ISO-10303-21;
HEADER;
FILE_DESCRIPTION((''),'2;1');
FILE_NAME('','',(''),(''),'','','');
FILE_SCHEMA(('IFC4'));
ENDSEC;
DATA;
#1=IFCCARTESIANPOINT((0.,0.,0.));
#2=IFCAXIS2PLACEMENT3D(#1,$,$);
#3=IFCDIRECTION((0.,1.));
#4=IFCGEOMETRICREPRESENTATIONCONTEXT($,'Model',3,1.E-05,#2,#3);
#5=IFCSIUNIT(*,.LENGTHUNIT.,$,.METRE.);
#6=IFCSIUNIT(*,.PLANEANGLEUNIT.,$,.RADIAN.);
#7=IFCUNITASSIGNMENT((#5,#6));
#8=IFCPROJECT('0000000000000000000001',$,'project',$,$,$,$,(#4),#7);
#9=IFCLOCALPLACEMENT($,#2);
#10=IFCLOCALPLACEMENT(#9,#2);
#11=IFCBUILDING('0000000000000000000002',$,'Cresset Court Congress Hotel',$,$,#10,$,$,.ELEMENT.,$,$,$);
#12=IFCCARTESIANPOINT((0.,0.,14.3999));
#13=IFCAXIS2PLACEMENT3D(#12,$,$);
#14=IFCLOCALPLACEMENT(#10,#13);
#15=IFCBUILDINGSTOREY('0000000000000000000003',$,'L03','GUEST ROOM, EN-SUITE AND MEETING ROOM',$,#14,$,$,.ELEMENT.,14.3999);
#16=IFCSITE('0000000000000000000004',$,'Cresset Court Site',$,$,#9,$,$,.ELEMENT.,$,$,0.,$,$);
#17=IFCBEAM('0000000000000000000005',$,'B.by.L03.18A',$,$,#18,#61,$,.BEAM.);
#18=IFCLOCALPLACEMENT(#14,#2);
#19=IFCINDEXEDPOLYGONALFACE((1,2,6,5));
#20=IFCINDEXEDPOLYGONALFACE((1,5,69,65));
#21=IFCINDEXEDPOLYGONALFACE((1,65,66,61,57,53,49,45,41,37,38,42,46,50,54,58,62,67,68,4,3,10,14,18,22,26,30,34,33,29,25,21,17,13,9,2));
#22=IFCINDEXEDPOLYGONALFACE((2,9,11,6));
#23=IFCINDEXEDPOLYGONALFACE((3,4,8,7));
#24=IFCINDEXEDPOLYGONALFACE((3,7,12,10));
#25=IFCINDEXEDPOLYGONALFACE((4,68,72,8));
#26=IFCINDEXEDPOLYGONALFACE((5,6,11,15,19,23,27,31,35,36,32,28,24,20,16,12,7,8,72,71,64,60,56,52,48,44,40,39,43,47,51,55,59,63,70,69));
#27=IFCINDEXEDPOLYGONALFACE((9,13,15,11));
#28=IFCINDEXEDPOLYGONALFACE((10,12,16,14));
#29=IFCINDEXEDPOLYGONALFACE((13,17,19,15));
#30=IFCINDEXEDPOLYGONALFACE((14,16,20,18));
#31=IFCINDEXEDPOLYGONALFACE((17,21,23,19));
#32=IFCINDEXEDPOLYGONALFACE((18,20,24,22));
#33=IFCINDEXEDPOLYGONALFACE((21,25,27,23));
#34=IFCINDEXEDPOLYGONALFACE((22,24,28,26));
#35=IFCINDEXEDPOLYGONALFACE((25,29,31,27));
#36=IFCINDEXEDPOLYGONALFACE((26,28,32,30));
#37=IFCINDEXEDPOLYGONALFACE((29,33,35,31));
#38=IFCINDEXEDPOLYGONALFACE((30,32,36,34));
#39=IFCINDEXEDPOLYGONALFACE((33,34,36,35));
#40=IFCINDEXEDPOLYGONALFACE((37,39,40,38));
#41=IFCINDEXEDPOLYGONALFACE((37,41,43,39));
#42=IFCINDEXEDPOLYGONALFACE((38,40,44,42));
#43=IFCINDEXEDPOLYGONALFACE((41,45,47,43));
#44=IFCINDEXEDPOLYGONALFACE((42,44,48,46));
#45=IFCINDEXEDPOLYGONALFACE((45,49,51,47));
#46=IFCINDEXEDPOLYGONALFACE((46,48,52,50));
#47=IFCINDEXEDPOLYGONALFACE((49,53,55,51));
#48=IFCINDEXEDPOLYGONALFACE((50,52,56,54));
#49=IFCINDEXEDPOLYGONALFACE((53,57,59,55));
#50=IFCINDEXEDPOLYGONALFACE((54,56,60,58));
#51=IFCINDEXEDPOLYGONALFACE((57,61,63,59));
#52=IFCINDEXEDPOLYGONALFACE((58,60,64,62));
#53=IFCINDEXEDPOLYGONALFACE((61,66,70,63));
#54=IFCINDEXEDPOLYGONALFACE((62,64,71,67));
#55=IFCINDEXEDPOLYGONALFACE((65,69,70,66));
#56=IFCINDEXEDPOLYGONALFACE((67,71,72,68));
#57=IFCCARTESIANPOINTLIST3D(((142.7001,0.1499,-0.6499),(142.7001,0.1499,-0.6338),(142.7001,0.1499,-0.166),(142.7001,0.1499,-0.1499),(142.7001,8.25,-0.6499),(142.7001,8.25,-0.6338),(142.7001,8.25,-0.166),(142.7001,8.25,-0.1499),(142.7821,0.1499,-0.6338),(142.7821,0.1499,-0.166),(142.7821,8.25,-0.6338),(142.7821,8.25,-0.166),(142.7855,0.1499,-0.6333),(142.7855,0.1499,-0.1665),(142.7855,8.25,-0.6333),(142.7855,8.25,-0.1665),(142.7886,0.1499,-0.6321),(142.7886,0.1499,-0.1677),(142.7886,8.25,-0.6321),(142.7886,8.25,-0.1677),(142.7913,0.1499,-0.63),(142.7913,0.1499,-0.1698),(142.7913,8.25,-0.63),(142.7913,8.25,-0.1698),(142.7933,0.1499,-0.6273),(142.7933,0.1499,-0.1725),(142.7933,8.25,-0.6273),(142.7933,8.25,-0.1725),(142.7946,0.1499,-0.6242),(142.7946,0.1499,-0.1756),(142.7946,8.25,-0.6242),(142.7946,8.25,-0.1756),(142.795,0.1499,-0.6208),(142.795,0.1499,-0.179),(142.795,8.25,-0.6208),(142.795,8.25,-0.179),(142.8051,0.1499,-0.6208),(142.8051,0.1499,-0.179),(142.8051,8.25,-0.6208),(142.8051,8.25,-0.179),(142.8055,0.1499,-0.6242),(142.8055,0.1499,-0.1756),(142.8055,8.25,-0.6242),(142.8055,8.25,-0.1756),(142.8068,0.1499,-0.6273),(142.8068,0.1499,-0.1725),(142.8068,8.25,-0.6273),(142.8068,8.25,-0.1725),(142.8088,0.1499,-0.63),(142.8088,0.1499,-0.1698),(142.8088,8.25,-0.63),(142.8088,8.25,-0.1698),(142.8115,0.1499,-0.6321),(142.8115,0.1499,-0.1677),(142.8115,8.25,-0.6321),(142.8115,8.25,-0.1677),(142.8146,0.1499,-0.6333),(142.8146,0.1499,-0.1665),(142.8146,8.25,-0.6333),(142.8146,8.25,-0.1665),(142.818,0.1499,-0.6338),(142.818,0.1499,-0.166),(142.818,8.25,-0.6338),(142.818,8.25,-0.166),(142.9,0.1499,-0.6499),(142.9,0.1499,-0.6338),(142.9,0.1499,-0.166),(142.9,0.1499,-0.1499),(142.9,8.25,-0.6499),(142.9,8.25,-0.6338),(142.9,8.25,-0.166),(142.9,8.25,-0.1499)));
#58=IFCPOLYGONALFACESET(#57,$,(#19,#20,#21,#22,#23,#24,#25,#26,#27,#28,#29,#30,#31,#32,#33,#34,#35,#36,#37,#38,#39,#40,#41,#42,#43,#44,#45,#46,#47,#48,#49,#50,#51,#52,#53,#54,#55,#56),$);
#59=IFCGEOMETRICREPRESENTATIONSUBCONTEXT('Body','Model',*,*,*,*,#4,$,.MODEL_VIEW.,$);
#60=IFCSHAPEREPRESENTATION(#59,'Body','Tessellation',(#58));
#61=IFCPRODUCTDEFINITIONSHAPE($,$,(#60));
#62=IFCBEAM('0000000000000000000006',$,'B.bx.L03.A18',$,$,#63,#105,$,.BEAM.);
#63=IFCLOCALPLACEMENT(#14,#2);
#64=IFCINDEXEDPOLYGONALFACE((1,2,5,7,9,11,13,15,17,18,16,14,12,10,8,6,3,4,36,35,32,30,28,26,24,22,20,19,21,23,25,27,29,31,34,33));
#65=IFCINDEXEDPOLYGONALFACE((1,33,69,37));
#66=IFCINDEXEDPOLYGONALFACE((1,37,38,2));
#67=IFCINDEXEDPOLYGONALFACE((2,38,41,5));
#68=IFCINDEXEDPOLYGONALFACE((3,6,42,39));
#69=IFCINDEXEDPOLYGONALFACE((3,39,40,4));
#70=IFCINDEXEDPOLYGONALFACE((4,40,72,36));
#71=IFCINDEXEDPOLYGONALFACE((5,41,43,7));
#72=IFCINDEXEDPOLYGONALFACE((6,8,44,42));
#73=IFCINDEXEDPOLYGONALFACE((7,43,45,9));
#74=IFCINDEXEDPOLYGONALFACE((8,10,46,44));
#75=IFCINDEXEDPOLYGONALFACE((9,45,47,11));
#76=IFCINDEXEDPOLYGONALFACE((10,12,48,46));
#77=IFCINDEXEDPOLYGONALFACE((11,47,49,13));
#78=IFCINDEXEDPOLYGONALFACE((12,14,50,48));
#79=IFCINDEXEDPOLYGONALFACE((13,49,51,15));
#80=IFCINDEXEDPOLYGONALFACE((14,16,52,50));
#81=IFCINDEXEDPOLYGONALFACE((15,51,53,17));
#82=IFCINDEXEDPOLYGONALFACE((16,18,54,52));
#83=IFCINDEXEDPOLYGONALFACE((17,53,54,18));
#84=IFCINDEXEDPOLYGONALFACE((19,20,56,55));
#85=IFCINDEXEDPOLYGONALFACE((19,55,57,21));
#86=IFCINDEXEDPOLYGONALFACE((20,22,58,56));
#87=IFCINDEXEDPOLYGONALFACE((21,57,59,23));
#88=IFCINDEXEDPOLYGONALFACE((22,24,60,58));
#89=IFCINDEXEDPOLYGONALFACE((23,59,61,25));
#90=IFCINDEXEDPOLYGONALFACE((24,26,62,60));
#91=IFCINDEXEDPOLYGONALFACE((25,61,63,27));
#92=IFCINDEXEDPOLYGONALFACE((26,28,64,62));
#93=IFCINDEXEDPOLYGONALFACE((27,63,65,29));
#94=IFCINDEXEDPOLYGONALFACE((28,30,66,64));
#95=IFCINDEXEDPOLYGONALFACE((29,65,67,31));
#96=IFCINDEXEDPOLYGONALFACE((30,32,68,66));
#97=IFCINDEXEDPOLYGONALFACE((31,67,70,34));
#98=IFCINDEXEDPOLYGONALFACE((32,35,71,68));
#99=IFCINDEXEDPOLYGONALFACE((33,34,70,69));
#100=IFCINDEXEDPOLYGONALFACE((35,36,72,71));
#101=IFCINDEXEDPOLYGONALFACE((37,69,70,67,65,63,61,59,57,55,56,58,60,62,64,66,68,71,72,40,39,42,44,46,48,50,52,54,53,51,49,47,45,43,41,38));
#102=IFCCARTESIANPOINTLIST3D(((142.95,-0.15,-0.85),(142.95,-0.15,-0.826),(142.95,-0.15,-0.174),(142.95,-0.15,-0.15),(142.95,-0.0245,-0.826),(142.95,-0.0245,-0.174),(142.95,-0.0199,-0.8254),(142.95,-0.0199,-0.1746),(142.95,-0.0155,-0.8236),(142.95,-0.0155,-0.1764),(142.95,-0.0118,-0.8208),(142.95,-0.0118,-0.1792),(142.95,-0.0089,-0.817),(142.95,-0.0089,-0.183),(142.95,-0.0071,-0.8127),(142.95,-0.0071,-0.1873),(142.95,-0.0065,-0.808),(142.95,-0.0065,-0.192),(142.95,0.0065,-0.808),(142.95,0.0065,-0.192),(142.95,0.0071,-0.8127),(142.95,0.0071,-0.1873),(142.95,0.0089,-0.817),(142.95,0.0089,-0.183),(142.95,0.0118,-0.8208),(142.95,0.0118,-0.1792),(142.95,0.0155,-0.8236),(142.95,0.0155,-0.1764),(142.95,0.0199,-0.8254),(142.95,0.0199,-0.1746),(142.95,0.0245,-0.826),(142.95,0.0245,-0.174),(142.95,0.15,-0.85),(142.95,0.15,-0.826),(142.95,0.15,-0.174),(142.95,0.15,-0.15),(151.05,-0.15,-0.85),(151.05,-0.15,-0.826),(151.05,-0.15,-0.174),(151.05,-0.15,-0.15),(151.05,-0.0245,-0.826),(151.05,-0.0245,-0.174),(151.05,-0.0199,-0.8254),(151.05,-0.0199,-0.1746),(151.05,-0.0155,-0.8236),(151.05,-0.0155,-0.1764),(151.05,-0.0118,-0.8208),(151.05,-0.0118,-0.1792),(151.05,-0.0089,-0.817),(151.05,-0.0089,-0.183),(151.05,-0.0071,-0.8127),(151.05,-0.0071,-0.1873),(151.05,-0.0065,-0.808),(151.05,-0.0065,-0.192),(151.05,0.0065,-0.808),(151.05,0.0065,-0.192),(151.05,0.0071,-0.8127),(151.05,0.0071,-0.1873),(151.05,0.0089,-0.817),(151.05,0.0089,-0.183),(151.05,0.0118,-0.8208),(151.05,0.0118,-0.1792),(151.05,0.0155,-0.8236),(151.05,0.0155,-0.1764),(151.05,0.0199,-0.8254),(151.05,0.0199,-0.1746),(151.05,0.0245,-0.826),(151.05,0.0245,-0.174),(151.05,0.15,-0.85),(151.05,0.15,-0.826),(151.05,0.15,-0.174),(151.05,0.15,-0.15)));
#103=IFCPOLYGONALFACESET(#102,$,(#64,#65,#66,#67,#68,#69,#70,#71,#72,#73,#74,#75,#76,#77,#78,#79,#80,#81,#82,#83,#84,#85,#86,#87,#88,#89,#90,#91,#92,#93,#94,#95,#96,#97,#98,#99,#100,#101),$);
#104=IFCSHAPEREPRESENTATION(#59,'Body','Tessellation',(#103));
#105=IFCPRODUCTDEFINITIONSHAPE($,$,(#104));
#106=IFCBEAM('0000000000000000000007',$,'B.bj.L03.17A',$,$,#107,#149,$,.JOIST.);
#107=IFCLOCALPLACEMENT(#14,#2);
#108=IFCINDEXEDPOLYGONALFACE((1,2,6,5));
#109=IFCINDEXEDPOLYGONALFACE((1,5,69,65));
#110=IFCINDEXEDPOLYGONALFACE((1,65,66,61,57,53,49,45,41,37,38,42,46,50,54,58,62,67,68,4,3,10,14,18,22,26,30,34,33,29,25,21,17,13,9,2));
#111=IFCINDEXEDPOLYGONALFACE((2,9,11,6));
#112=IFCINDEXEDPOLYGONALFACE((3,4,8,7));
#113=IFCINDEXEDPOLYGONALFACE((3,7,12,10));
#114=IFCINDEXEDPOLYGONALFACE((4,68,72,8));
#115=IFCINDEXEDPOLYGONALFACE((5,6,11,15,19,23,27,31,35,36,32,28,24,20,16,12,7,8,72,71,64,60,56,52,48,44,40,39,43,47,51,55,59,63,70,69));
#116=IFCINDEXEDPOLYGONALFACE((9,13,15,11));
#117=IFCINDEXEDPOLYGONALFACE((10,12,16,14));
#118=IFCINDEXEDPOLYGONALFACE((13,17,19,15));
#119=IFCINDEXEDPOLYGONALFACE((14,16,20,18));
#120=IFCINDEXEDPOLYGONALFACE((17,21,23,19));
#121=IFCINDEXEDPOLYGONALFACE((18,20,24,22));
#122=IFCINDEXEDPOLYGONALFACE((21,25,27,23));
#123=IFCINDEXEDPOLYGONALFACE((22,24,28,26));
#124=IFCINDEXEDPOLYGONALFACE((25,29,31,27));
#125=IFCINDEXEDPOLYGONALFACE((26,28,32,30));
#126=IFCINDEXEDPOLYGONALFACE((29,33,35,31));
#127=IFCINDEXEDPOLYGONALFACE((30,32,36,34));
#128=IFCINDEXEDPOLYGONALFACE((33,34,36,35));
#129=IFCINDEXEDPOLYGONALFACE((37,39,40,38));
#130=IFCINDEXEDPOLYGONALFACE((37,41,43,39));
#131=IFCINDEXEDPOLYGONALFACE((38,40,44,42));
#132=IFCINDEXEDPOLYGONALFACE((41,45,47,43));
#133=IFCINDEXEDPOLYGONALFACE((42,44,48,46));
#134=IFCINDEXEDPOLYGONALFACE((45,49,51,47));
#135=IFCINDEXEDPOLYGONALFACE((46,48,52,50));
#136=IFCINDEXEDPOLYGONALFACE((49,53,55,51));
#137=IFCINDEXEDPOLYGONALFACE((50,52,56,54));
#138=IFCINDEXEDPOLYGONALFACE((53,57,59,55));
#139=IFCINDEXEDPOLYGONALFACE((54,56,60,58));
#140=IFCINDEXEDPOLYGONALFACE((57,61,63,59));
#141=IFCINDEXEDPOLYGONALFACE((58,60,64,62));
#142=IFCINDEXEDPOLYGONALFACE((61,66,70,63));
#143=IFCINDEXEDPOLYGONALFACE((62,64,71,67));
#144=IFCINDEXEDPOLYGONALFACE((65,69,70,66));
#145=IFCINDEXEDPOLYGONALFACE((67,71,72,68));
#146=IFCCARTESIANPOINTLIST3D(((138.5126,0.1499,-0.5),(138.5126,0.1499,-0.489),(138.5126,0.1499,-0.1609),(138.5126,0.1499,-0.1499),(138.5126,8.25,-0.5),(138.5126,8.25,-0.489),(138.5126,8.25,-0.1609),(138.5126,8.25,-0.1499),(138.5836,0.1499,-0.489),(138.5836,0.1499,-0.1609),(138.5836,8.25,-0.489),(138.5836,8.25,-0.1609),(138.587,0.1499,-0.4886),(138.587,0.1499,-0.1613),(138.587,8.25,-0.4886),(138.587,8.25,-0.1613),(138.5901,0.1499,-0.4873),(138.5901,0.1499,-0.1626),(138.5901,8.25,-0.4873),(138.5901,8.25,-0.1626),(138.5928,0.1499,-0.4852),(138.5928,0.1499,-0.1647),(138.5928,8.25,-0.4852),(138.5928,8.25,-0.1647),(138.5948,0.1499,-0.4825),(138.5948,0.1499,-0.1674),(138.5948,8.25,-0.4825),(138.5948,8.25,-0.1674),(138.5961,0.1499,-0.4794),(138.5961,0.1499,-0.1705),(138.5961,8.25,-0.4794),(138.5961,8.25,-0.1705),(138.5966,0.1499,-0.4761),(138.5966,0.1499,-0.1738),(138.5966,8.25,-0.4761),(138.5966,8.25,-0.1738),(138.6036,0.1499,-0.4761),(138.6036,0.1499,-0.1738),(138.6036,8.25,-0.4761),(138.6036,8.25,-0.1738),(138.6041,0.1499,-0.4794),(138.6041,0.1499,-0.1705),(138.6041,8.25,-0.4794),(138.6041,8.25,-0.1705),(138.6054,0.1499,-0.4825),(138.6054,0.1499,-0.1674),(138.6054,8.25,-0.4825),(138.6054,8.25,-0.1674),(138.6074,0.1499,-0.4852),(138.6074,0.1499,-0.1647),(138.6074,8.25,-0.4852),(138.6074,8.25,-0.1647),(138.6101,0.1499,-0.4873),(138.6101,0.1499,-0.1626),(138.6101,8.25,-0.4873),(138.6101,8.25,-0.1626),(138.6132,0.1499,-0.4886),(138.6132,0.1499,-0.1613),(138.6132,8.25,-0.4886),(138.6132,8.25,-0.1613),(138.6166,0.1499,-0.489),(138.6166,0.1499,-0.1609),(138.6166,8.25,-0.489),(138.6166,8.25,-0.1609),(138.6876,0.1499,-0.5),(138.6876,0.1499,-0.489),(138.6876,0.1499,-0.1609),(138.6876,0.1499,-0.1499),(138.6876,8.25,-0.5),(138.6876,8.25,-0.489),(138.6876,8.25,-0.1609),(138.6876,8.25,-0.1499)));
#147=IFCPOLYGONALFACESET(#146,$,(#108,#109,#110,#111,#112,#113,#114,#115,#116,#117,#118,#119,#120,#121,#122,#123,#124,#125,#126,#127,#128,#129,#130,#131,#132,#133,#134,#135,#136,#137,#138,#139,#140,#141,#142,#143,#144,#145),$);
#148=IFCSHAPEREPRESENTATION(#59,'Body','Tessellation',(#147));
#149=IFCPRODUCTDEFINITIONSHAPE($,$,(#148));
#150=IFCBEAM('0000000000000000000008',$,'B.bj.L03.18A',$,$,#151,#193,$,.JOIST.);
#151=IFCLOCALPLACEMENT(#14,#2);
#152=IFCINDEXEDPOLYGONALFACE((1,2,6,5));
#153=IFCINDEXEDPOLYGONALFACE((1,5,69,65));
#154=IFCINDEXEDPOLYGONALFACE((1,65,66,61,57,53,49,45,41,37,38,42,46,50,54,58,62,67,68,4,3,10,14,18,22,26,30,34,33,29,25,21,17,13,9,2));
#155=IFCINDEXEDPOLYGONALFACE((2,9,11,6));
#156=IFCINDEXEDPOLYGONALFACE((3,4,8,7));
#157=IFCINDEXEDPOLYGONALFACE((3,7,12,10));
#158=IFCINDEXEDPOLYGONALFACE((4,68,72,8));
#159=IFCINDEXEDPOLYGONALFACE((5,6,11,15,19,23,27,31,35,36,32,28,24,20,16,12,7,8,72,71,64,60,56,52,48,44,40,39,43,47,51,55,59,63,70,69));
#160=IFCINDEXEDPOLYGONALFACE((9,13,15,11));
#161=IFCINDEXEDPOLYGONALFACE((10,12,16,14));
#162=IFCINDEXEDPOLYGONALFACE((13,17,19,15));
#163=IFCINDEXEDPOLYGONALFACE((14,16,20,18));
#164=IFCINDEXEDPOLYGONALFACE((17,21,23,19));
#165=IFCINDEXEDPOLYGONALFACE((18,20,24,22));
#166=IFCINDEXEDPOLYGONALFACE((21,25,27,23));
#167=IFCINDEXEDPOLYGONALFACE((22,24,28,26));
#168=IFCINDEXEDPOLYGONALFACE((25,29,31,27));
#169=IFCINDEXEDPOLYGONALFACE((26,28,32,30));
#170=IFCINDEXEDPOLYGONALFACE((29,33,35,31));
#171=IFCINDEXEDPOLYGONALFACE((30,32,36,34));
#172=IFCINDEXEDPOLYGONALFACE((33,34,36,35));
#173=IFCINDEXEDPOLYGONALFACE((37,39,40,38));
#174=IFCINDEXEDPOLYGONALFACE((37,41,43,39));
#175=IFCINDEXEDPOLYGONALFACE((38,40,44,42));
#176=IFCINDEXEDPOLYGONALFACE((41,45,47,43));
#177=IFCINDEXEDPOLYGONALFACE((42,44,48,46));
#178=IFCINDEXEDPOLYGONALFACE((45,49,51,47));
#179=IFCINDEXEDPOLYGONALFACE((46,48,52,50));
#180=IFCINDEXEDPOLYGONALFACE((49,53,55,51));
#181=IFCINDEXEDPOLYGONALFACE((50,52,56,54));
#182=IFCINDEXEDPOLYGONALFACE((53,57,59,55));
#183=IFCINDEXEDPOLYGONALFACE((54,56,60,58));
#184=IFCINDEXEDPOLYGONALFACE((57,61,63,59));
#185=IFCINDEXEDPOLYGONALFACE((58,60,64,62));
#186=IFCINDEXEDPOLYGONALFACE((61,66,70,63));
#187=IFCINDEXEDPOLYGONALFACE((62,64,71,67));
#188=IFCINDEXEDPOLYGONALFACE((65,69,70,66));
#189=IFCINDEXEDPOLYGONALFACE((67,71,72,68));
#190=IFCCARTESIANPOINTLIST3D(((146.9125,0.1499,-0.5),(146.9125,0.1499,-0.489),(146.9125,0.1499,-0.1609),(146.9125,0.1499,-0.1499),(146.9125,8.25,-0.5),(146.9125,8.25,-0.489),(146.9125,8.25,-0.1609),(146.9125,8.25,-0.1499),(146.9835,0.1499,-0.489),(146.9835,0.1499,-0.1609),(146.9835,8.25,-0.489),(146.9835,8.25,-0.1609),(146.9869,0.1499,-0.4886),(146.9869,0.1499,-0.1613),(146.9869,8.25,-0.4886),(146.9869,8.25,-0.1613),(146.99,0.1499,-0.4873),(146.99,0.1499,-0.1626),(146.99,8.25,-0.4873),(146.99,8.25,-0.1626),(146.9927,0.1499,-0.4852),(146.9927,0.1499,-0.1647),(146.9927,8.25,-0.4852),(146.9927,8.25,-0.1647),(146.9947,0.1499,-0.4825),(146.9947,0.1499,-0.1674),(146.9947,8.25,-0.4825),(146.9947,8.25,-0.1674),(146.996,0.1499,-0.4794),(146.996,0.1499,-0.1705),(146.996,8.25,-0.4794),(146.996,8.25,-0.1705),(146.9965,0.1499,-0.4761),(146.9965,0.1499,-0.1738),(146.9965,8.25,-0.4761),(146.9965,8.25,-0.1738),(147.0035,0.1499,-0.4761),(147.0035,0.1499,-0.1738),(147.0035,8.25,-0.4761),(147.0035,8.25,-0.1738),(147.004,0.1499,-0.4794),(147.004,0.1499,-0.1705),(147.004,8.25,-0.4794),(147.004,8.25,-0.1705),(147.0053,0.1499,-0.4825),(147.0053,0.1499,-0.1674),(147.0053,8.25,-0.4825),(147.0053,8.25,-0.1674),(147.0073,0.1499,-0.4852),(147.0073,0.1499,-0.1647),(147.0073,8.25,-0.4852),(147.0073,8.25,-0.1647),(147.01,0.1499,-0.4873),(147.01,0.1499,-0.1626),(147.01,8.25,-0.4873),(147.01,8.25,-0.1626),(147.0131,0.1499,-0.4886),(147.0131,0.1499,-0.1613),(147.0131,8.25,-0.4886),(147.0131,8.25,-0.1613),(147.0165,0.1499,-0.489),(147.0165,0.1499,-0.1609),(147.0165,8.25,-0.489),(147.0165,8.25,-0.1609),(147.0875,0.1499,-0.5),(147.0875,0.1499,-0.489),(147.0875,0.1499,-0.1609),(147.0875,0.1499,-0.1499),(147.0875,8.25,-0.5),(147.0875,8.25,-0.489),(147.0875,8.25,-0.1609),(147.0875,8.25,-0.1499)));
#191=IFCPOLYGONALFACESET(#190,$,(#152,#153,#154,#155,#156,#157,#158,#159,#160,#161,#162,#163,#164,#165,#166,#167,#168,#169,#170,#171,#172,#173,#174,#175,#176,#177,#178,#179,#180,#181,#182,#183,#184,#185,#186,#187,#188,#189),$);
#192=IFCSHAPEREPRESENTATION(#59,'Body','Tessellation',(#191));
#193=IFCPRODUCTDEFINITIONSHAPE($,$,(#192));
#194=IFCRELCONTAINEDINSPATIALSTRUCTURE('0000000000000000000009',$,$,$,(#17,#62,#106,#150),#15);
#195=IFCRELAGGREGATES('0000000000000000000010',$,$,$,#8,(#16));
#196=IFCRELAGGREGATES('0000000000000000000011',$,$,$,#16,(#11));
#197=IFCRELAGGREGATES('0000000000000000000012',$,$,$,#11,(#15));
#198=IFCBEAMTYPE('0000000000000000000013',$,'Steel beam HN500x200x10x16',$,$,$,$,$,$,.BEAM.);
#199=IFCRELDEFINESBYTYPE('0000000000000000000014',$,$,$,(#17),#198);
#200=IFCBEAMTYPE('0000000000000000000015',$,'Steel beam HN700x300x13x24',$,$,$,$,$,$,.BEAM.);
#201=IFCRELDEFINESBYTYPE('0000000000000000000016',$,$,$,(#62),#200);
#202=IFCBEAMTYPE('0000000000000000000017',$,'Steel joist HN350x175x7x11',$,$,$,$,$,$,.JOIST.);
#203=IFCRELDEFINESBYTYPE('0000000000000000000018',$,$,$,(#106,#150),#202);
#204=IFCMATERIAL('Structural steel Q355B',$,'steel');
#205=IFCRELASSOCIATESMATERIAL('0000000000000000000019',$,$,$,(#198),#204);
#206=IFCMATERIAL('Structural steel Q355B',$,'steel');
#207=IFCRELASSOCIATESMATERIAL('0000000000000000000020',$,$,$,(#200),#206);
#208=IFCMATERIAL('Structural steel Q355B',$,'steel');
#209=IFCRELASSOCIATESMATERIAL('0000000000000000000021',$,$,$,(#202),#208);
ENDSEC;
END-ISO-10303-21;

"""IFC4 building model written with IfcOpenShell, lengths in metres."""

from ifc_helpers import new_model, si_unit, direction, frame, origin, origin_2d, place, context, subcontext, project, spatial, i_section, extrude, material, material_profile, profile_set, type_object, element, save


model = new_model("IFC4")

# Units and contexts
model_context = context("Model", 3, precision=1e-05, world=origin(), true_north=direction((0.0, 1.0)))
body_context = subcontext(model_context, "Body", "Model", "MODEL_VIEW")
ifc_project = project(units=[si_unit("LENGTHUNIT", "METRE"), si_unit("PLANEANGLEUNIT", "RADIAN")], contexts=[model_context])

# Site, building, storey
site_placement = place(None, origin())
site = spatial("IfcSite", under=ifc_project, at=site_placement, Name="Cresset Court Site", CompositionType="ELEMENT", RefElevation=0.0)
building_placement = place(site_placement, origin())
building = spatial("IfcBuilding", under=site, at=building_placement, Name="Cresset Court Congress Hotel", CompositionType="ELEMENT")
storey_placement = place(building_placement, frame((0.0, 0.0, 14.3999)))
storey = spatial("IfcBuildingStorey", under=building, at=storey_placement, Name="L03", Description="GUEST ROOM, EN-SUITE AND MEETING ROOM", CompositionType="ELEMENT", Elevation=14.3999)

# Beams
ifc_material_1 = material(Name="Structural steel Q355B", Category="steel")
ifc_material_profile_1 = material_profile(ifc_material_1, i_section(OverallWidth=0.2, OverallDepth=0.5, WebThickness=0.01, FlangeThickness=0.0161, FilletRadius=0.0129, at=origin_2d()), Name="HN500x200x10x16")
ifc_profile_set_1 = profile_set([ifc_material_profile_1], Name="Structural steel Q355B")
beam_type_1 = type_object("IfcBeamType", Name="Steel beam HN500x200x10x16", PredefinedType="BEAM", material=ifc_profile_set_1)
beam_1_placement = place(storey_placement, frame((142.8, 0.1499, -0.3999), z_axis=(0.0, 1.0, 0.0), x_axis=(-1.0, 0.0, 0.0)))
element("IfcBeam", 1, at=beam_1_placement, inside=storey, type_object=beam_type_1, Name="B.by.L03.18A", PredefinedType="BEAM", context=body_context, shape_type="SweptSolid", body=[
    extrude(i_section(OverallWidth=0.2, OverallDepth=0.5, WebThickness=0.01, FlangeThickness=0.0161, FilletRadius=0.0129, at=origin_2d()), origin(), (0.0, 0.0, 1.0), 8.1001),
])
ifc_material_2 = material(Name="Structural steel Q355B", Category="steel")
ifc_material_profile_2 = material_profile(ifc_material_2, i_section(OverallWidth=0.3, OverallDepth=0.7, WebThickness=0.0129, FlangeThickness=0.0239, FilletRadius=0.0181, at=origin_2d()), Name="HN700x300x13x24")
ifc_profile_set_2 = profile_set([ifc_material_profile_2], Name="Structural steel Q355B")
beam_type_2 = type_object("IfcBeamType", Name="Steel beam HN700x300x13x24", PredefinedType="BEAM", material=ifc_profile_set_2)
beam_2_placement = place(storey_placement, frame((142.95, 0.0, -0.5), z_axis=(1.0, 0.0, 0.0), x_axis=(0.0, 1.0, 0.0)))
element("IfcBeam", 2, at=beam_2_placement, inside=storey, type_object=beam_type_2, Name="B.bx.L03.A18", PredefinedType="BEAM", context=body_context, shape_type="SweptSolid", body=[
    extrude(i_section(OverallWidth=0.3, OverallDepth=0.7, WebThickness=0.0129, FlangeThickness=0.0239, FilletRadius=0.0181, at=origin_2d()), origin(), (0.0, 0.0, 1.0), 8.1001),
])
ifc_material_3 = material(Name="Structural steel Q355B", Category="steel")
ifc_material_profile_3 = material_profile(ifc_material_3, i_section(OverallWidth=0.175, OverallDepth=0.3501, WebThickness=0.0071, FlangeThickness=0.011, FilletRadius=0.0129, at=origin_2d()), Name="HN350x175x7x11")
ifc_profile_set_3 = profile_set([ifc_material_profile_3], Name="Structural steel Q355B")
beam_type_3 = type_object("IfcBeamType", Name="Steel joist HN350x175x7x11", PredefinedType="JOIST", material=ifc_profile_set_3)
for number, where, z_axis, x_axis, name in (
    (3, (138.6001, 0.1499, -0.325), (0.0, 1.0, 0.0), (-1.0, 0.0, 0.0), "B.bj.L03.17A"),
    (4, (147.0, 0.1499, -0.325), (0.0, 1.0, 0.0), (-1.0, 0.0, 0.0), "B.bj.L03.18A"),
):
    element("IfcBeam", number, at=place(storey_placement, frame(where, z_axis=z_axis, x_axis=x_axis)), inside=storey, type_object=beam_type_3, Name=name, PredefinedType="JOIST", context=body_context, shape_type="SweptSolid", body=[
        extrude(i_section(OverallWidth=0.175, OverallDepth=0.3501, WebThickness=0.0071, FlangeThickness=0.011, FilletRadius=0.0129, at=origin_2d()), origin(), (0.0, 0.0, 1.0), 8.1001),
    ])

save(model, "model.ifc")
